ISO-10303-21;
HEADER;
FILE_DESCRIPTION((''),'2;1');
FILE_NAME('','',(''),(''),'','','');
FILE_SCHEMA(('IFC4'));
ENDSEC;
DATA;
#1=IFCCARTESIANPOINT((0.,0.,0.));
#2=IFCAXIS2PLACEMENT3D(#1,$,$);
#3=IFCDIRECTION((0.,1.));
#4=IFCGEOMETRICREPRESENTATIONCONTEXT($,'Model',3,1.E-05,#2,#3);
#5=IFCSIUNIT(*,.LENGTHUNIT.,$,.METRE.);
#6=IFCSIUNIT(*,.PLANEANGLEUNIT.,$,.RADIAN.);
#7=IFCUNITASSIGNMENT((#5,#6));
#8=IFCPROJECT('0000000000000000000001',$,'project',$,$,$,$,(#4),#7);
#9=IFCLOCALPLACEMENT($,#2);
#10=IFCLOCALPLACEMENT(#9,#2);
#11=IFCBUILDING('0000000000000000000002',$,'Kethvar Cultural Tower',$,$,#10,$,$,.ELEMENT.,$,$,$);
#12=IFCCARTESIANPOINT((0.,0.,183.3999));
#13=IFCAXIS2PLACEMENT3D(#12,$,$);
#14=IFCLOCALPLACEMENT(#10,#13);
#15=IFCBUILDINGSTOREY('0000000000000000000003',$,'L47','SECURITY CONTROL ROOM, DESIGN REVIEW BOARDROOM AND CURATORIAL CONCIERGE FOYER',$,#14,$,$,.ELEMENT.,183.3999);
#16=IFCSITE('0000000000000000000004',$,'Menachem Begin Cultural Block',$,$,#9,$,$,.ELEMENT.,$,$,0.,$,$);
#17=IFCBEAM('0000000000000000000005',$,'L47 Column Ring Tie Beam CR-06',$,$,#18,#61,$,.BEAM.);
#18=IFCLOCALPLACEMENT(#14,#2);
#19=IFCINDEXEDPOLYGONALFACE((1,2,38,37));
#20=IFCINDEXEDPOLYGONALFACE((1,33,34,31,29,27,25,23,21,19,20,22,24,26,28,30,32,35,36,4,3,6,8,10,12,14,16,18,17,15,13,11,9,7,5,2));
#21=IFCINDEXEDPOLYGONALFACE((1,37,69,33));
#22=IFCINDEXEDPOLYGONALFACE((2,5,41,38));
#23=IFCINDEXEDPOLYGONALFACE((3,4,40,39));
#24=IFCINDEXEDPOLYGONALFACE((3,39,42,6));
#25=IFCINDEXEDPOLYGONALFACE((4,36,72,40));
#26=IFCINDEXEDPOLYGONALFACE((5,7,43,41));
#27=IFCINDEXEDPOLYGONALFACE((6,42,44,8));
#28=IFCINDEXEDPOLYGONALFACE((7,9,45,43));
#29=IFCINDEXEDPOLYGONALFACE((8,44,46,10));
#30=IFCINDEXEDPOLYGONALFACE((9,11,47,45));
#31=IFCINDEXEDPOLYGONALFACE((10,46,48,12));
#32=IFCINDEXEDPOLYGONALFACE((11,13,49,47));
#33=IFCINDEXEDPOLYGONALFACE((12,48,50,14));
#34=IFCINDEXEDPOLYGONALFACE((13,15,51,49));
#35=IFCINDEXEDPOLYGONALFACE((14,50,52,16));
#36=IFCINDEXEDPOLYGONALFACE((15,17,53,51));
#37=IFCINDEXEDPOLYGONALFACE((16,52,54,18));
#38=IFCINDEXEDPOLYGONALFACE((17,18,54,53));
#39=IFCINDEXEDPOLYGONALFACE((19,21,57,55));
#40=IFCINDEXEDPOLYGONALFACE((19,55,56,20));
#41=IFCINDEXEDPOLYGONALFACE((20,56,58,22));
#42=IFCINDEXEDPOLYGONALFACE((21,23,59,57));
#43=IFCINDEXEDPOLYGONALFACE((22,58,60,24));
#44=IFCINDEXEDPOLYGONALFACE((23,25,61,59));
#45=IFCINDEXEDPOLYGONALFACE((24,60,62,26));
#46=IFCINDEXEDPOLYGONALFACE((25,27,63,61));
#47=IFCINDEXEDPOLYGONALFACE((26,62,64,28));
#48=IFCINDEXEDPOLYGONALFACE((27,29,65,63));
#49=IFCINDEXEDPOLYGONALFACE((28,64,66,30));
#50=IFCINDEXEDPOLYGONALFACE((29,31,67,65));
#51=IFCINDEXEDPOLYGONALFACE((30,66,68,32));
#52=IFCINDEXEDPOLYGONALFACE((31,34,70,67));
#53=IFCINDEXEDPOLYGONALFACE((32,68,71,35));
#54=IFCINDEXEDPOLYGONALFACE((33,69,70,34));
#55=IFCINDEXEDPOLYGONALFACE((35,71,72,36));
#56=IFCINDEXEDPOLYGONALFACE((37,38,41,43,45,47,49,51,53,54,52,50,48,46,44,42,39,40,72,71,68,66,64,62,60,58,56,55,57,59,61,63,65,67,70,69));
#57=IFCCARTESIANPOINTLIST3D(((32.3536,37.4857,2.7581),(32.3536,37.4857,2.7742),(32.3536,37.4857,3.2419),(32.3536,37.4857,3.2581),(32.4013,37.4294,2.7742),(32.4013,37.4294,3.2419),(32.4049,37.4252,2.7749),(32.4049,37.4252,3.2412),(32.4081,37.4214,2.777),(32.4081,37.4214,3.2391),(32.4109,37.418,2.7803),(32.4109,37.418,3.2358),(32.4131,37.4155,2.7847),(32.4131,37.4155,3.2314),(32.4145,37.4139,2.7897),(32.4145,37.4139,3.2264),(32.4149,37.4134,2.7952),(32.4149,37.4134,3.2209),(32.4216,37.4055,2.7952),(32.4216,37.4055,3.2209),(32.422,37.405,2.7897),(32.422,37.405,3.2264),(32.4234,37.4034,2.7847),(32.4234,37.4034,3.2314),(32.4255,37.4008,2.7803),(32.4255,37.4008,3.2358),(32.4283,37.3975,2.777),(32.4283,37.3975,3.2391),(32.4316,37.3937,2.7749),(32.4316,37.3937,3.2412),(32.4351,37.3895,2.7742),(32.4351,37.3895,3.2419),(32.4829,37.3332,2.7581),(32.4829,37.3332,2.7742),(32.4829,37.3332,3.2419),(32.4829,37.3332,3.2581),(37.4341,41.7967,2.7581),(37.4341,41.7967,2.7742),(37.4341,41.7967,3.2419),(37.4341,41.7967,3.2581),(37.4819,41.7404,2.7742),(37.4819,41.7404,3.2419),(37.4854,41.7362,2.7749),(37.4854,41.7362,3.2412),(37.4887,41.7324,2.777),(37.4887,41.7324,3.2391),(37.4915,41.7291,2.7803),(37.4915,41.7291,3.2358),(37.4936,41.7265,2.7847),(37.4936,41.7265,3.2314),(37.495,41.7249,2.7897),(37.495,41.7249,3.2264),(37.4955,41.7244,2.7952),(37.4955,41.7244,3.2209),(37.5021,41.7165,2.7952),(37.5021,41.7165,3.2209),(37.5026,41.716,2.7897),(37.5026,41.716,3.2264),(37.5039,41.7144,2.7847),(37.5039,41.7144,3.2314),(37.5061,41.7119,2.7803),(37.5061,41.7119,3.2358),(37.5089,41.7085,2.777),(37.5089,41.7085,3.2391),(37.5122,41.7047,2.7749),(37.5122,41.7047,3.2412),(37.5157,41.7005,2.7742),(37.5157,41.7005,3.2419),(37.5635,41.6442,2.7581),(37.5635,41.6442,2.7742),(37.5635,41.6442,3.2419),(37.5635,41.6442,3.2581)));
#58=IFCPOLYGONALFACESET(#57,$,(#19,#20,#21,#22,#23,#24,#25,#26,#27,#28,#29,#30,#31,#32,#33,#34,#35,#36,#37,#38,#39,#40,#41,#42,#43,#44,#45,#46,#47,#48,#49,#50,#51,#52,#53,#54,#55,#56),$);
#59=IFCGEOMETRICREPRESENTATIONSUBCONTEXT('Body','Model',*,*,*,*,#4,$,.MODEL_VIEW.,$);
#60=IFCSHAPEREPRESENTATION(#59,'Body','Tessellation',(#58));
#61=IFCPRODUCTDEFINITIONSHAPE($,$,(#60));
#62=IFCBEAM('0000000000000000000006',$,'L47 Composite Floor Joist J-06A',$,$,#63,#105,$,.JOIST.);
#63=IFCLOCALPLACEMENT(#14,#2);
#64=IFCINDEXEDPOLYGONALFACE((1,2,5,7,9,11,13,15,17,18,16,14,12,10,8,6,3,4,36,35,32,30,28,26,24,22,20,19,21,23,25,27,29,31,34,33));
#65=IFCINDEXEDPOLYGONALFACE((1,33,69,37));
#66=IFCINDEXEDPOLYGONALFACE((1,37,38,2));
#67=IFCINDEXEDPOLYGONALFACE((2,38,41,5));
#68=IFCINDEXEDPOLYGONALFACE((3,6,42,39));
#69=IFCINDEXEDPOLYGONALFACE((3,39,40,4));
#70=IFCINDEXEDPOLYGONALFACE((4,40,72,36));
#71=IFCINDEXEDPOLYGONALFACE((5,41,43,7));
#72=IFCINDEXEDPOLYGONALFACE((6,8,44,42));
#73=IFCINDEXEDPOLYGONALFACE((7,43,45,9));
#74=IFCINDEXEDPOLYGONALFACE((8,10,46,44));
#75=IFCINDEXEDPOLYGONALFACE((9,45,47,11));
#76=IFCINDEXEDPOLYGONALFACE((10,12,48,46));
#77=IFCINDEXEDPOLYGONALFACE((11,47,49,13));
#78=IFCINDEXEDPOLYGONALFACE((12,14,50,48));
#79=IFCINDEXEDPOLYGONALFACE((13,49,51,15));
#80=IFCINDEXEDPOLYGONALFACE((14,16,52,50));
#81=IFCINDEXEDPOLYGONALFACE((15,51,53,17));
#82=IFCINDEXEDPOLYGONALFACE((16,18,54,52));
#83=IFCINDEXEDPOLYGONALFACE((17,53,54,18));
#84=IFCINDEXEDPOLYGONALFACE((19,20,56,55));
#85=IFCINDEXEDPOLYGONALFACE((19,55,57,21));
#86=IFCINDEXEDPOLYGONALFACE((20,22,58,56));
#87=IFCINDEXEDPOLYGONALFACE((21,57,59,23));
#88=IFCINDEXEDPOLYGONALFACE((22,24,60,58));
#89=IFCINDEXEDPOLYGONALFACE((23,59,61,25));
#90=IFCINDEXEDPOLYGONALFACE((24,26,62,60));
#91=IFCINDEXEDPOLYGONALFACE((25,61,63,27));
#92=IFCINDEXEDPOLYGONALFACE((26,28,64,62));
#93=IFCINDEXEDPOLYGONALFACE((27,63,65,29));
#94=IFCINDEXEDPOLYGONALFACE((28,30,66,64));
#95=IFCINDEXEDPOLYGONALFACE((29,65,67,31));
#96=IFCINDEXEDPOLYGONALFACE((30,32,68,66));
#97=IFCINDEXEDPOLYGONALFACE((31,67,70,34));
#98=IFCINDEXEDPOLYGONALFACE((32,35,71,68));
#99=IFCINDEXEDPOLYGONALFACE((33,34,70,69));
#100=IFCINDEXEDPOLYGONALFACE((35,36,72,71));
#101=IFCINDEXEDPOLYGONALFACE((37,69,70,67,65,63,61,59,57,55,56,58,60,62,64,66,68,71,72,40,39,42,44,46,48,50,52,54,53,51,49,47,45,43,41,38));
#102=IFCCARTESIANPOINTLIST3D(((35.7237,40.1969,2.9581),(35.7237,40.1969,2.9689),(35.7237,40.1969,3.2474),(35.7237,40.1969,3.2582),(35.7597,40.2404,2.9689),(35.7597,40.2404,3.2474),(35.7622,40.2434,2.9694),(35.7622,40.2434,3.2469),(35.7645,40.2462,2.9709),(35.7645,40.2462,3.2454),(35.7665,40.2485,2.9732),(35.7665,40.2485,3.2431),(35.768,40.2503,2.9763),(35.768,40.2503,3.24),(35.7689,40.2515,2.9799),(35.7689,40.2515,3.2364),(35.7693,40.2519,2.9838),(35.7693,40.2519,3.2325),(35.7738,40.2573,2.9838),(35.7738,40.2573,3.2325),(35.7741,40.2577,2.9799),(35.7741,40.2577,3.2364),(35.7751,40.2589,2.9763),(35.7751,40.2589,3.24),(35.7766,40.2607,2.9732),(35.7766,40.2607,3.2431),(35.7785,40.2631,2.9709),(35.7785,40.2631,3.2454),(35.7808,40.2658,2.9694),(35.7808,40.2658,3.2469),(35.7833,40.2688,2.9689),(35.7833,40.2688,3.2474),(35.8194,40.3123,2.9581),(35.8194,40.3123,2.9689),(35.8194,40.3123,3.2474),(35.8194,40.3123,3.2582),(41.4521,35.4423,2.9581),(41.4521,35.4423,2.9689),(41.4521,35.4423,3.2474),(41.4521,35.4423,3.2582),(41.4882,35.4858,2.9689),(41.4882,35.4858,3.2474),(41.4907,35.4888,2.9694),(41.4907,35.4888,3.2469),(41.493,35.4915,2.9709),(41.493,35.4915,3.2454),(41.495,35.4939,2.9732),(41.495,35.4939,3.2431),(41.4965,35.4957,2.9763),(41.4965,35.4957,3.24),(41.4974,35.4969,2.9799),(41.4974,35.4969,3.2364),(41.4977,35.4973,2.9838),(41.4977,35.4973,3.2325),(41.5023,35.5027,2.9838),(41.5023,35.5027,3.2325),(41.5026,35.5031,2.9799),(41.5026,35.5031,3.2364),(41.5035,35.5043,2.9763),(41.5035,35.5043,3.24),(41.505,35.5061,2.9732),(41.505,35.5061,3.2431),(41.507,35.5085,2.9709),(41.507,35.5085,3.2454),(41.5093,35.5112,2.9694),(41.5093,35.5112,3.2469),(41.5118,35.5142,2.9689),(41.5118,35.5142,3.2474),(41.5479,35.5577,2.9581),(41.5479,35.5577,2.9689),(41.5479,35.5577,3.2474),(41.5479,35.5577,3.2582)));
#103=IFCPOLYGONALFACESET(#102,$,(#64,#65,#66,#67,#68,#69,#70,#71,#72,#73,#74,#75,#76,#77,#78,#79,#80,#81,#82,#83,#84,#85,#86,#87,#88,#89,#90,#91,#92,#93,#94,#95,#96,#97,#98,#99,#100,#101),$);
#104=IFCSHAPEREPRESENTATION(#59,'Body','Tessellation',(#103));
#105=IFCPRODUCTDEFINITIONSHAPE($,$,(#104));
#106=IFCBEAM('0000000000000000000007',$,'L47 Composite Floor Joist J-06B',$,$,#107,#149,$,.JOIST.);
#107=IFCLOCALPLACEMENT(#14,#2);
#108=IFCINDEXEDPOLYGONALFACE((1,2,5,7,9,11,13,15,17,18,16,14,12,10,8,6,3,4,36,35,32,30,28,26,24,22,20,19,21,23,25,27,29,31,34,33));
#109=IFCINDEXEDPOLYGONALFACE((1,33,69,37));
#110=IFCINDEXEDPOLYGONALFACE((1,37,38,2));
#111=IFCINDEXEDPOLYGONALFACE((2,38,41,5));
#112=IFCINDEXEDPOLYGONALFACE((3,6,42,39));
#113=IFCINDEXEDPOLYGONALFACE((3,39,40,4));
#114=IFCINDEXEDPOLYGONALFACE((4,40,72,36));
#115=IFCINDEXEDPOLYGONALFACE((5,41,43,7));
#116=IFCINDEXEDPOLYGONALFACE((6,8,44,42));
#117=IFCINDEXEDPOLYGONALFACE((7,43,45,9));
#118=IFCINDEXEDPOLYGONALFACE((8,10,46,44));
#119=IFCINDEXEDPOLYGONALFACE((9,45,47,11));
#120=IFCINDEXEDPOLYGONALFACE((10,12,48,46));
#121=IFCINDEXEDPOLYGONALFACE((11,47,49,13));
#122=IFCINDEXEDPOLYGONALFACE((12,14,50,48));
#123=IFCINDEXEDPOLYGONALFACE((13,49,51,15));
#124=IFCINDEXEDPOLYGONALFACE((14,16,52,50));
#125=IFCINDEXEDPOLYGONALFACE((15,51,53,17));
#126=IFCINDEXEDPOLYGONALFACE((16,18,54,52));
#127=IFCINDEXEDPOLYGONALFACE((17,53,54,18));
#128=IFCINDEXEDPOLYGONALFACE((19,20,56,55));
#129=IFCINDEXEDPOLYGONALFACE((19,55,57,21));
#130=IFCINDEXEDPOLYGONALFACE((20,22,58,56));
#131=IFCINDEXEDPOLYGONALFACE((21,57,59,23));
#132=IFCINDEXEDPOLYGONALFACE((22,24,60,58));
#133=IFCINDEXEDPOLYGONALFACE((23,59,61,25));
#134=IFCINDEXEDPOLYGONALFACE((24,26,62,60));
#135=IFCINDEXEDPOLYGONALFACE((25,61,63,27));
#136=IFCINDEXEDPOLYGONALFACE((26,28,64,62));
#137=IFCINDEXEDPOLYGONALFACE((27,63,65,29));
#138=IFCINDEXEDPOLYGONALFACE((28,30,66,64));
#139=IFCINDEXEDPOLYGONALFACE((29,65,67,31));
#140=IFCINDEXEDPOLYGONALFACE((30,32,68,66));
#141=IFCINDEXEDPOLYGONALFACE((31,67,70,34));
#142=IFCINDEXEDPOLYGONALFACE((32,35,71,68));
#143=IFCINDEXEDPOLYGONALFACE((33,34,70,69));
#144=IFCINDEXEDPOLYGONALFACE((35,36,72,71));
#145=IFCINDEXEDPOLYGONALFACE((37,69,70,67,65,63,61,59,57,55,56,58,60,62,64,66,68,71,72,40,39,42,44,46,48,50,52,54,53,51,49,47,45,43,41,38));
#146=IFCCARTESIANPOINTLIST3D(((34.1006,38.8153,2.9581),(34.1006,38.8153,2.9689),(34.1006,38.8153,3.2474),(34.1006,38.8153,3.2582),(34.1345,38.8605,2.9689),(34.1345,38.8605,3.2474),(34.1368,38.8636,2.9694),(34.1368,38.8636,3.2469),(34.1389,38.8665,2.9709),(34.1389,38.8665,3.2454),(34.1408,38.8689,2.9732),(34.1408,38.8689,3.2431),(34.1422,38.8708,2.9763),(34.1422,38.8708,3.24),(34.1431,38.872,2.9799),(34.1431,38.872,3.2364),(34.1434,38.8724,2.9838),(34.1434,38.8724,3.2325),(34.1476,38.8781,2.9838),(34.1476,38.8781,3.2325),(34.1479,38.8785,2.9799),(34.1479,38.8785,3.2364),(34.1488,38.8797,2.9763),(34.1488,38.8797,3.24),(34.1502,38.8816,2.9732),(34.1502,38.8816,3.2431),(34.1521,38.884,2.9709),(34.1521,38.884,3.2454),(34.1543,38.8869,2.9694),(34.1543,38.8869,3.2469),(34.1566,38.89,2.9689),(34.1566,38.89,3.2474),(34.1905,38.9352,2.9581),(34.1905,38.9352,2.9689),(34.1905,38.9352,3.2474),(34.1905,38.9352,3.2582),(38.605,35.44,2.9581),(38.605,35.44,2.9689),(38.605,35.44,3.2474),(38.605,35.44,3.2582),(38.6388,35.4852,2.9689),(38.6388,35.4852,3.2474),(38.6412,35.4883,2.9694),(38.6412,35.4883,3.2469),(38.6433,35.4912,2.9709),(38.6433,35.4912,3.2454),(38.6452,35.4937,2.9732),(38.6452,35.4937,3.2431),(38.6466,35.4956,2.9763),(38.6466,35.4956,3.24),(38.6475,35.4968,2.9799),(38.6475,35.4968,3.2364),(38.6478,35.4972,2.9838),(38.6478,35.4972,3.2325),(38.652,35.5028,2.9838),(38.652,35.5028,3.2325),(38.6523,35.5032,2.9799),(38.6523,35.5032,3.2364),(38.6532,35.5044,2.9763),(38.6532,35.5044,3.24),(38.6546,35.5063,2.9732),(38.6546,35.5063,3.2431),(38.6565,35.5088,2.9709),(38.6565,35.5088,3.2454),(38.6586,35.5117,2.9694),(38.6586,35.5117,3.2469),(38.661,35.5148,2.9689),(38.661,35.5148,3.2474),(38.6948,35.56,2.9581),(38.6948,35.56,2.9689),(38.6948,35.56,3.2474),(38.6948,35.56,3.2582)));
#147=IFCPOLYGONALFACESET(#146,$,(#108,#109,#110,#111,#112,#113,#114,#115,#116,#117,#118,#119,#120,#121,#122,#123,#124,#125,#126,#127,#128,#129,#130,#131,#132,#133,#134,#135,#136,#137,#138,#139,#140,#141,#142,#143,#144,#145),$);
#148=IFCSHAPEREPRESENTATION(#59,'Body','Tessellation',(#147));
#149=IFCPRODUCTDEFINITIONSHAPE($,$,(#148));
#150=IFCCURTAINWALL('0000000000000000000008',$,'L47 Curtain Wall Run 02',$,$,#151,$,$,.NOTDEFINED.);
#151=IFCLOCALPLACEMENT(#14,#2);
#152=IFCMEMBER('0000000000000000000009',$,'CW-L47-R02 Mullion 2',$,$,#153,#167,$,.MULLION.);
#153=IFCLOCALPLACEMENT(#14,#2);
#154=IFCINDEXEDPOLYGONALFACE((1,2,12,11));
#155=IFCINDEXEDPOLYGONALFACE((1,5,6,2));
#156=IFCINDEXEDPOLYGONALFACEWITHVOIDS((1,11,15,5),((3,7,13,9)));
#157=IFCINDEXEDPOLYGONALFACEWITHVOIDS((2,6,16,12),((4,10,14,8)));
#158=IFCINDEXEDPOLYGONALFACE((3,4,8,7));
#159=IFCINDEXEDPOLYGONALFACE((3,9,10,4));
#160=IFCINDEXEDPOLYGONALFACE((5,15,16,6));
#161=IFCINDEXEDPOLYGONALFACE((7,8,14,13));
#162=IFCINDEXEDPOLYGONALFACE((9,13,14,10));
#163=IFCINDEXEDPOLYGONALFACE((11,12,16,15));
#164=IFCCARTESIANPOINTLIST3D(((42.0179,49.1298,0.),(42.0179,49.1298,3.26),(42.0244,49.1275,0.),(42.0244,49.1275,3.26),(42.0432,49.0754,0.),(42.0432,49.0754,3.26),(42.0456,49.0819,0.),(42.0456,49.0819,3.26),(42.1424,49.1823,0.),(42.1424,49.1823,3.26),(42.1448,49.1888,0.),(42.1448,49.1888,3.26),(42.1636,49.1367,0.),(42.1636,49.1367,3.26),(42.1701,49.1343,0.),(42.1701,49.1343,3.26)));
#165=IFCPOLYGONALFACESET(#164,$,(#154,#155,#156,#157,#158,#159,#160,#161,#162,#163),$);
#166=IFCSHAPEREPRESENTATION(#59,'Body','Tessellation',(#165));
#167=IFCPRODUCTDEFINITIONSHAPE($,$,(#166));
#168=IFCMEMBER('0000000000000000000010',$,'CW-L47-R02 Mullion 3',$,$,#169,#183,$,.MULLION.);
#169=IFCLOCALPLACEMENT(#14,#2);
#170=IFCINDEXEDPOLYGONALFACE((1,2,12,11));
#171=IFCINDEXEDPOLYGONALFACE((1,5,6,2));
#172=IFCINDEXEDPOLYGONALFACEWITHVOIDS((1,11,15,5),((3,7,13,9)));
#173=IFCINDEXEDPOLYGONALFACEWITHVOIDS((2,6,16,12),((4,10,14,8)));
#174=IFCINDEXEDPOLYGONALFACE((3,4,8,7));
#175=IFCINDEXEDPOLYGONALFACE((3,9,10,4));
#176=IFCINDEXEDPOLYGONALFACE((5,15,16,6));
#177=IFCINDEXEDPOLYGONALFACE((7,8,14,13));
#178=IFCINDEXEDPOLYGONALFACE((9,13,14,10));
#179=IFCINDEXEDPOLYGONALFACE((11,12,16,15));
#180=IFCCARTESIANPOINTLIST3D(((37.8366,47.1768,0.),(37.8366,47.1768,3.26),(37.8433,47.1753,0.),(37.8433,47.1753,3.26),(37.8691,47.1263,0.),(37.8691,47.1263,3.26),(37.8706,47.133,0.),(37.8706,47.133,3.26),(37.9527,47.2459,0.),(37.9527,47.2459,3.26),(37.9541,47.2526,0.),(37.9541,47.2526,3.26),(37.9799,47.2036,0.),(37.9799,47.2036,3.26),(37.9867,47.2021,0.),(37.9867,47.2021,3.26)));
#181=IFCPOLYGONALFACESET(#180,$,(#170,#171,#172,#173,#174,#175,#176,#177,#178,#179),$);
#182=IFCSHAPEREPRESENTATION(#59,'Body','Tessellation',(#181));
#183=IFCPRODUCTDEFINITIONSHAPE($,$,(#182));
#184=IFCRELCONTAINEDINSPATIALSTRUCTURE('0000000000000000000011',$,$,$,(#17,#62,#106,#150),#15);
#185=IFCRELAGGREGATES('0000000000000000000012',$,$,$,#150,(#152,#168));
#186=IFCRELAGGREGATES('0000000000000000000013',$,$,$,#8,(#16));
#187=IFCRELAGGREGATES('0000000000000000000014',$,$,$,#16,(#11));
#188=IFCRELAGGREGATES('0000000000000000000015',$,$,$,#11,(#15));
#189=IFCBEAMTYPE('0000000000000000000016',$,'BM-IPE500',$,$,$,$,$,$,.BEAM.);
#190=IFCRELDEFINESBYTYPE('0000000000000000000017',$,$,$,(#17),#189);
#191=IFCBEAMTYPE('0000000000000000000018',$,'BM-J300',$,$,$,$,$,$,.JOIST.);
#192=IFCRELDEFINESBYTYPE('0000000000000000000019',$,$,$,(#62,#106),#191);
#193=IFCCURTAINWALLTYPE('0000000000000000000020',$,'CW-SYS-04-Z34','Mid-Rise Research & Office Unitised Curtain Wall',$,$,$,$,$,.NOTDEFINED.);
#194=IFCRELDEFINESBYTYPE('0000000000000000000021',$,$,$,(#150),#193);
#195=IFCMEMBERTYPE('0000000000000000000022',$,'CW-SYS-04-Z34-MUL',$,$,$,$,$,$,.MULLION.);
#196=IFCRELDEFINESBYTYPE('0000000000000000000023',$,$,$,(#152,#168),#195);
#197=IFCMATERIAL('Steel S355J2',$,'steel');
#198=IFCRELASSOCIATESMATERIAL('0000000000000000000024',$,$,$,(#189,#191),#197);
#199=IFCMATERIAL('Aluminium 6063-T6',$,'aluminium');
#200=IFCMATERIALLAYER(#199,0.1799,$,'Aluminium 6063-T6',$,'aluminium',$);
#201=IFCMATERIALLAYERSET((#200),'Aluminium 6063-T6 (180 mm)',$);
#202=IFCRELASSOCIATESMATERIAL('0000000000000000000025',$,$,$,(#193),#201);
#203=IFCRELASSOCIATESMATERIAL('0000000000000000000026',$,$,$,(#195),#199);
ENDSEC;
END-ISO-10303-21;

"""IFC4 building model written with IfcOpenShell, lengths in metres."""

from ifc_helpers import new_model, si_unit, direction, frame, origin, origin_2d, place, context, subcontext, project, spatial, hollow_rectangle, i_section, extrude, source, transform, mapped, material, layer, layer_set, material_profile, profile_set, type_object, element, aggregate, save


model = new_model("IFC4")

# Units and contexts
model_context = context("Model", 3, precision=1e-05, world=origin(), true_north=direction((0.0, 1.0)))
body_context = subcontext(model_context, "Body", "Model", "MODEL_VIEW")
ifc_project = project(units=[si_unit("LENGTHUNIT", "METRE"), si_unit("PLANEANGLEUNIT", "RADIAN")], contexts=[model_context])

# Site, building, storey
site_placement = place(None, origin())
site = spatial("IfcSite", under=ifc_project, at=site_placement, Name="Menachem Begin Cultural Block", CompositionType="ELEMENT", RefElevation=0.0)
building_placement = place(site_placement, origin())
building = spatial("IfcBuilding", under=site, at=building_placement, Name="Kethvar Cultural Tower", CompositionType="ELEMENT")
storey_placement = place(building_placement, frame((0.0, 0.0, 183.3999)))
storey = spatial("IfcBuildingStorey", under=building, at=storey_placement, Name="L47", Description="SECURITY CONTROL ROOM, DESIGN REVIEW BOARDROOM AND CURATORIAL CONCIERGE FOYER", CompositionType="ELEMENT", Elevation=183.3999)

# Beams
ifc_material_1 = material(Name="Steel S355J2", Category="steel")
ifc_material_profile_1 = material_profile(ifc_material_1, i_section(OverallWidth=0.2, OverallDepth=0.5, WebThickness=0.0103, FlangeThickness=0.0161, FilletRadius=0.021, at=origin_2d()), Name="Steel S355J2 — IPE500")
ifc_profile_set_1 = profile_set([ifc_material_profile_1], Name="Steel S355J2 — IPE500")
beam_type_1 = type_object("IfcBeamType", Name="BM-IPE500", PredefinedType="BEAM", material=ifc_profile_set_1)
ifc_material_profile_2 = material_profile(ifc_material_1, i_section(OverallWidth=0.1499, OverallDepth=0.3, WebThickness=0.0071, FlangeThickness=0.0107, FilletRadius=0.0149, at=origin_2d()), Name="Steel S355J2 — IPE300")
ifc_profile_set_2 = profile_set([ifc_material_profile_2], Name="Steel S355J2 — IPE300")
beam_type_2 = type_object("IfcBeamType", Name="BM-J300", PredefinedType="JOIST", material=ifc_profile_set_2)
shared_shape_1 = source(origin(), body_context, "Body", "SweptSolid", [
    extrude(i_section(OverallWidth=0.2, OverallDepth=0.5, WebThickness=0.0103, FlangeThickness=0.0161, FilletRadius=0.021, at=origin_2d()), origin(), (0.0, 0.0, 1.0), 6.6631),
])
beam_1_placement = place(storey_placement, frame((37.4988, 41.7205, 3.0081), z_axis=(-0.762491, -0.646999, 0.0), x_axis=(0.646999, -0.762491, 0.0)))
element("IfcBeam", 1, at=beam_1_placement, inside=storey, type_object=beam_type_1, Name="L47 Column Ring Tie Beam CR-06", PredefinedType="BEAM", context=body_context, shape_type="MappedRepresentation", body=[
    mapped(shared_shape_1, transform((0.0, 0.0, 0.0), scale=1.0)),
])
shared_shape_2 = source(origin(), body_context, "Body", "SweptSolid", [
    extrude(i_section(OverallWidth=0.1499, OverallDepth=0.3, WebThickness=0.0071, FlangeThickness=0.0107, FilletRadius=0.0149, at=origin_2d()), origin(), (0.0, 0.0, 1.0), 7.4446),
])
beam_2_placement = place(storey_placement, frame((41.5, 35.5, 3.1082), z_axis=(-0.769483, 0.638667, 0.0), x_axis=(-0.638667, -0.769483, 0.0)))
element("IfcBeam", 2, at=beam_2_placement, inside=storey, type_object=beam_type_2, Name="L47 Composite Floor Joist J-06A", PredefinedType="JOIST", context=body_context, shape_type="MappedRepresentation", body=[
    mapped(shared_shape_2, transform((0.0, 0.0, 0.0), scale=1.0)),
])
shared_shape_3 = source(origin(), body_context, "Body", "SweptSolid", [
    extrude(i_section(OverallWidth=0.1499, OverallDepth=0.3, WebThickness=0.0071, FlangeThickness=0.0107, FilletRadius=0.0149, at=origin_2d()), origin(), (0.0, 0.0, 1.0), 5.6287),
])
beam_3_placement = place(storey_placement, frame((38.6499, 35.5, 3.1082), z_axis=(-0.80026, 0.599653, 0.0), x_axis=(-0.599653, -0.80026, 0.0)))
element("IfcBeam", 3, at=beam_3_placement, inside=storey, type_object=beam_type_2, Name="L47 Composite Floor Joist J-06B", PredefinedType="JOIST", context=body_context, shape_type="MappedRepresentation", body=[
    mapped(shared_shape_3, transform((0.0, 0.0, 0.0), scale=1.0)),
])

# Curtain wall, members
ifc_material_2 = material(Name="Aluminium 6063-T6", Category="aluminium")
ifc_layer_1 = layer(ifc_material_2, 0.1799, Name="Aluminium 6063-T6", Category="aluminium")
ifc_layer_set_1 = layer_set([ifc_layer_1], Name="Aluminium 6063-T6 (180 mm)")
curtain_wall_type = type_object("IfcCurtainWallType", Name="CW-SYS-04-Z34", Description="Mid-Rise Research & Office Unitised Curtain Wall", PredefinedType="NOTDEFINED", material=ifc_layer_set_1)
curtain_wall_placement = place(storey_placement, origin())
curtain_wall = element("IfcCurtainWall", 4, at=curtain_wall_placement, inside=storey, type_object=curtain_wall_type, Name="L47 Curtain Wall Run 02", PredefinedType="NOTDEFINED")
ifc_material_profile_3 = material_profile(ifc_material_2, hollow_rectangle(XDim=0.0601, YDim=0.1399, WallThickness=0.0049, at=origin_2d()), Name="Aluminium 6063-T6 — RHS140x60x5")
ifc_profile_set_3 = profile_set([ifc_material_profile_3], Name="Aluminium 6063-T6 — RHS140x60x5")
member_type_1 = type_object("IfcMemberType", Name="CW-SYS-04-Z34-MUL", PredefinedType="MULLION", material=ifc_profile_set_3)
shared_shape_4 = source(origin(), body_context, "Body", "SweptSolid", [
    extrude(hollow_rectangle(XDim=0.0601, YDim=0.1399, WallThickness=0.0049, at=origin_2d()), origin(), (0.0, 0.0, 1.0), 3.26),
])
member_1_placement = place(storey_placement, frame((42.094, 49.1321, 0.0), z_axis=(0.0, 0.0, 1.0), x_axis=(0.421447, -0.906853, 0.0)))
member_1 = element("IfcMember", 5, at=member_1_placement, type_object=member_type_1, Name="CW-L47-R02 Mullion 2", PredefinedType="MULLION", context=body_context, shape_type="MappedRepresentation", body=[
    mapped(shared_shape_4, transform((0.0, 0.0, 0.0), scale=1.0)),
])
member_2_placement = place(storey_placement, frame((37.9116, 47.1895, 0.0), z_axis=(0.0, 0.0, 1.0), x_axis=(0.542148, -0.840283, 0.0)))
member_2 = element("IfcMember", 6, at=member_2_placement, type_object=member_type_1, Name="CW-L47-R02 Mullion 3", PredefinedType="MULLION", context=body_context, shape_type="MappedRepresentation", body=[
    mapped(shared_shape_4, transform((0.0, 0.0, 0.0), scale=1.0)),
])
aggregate(curtain_wall, [member_1, member_2])

save(model, "model.ifc")
